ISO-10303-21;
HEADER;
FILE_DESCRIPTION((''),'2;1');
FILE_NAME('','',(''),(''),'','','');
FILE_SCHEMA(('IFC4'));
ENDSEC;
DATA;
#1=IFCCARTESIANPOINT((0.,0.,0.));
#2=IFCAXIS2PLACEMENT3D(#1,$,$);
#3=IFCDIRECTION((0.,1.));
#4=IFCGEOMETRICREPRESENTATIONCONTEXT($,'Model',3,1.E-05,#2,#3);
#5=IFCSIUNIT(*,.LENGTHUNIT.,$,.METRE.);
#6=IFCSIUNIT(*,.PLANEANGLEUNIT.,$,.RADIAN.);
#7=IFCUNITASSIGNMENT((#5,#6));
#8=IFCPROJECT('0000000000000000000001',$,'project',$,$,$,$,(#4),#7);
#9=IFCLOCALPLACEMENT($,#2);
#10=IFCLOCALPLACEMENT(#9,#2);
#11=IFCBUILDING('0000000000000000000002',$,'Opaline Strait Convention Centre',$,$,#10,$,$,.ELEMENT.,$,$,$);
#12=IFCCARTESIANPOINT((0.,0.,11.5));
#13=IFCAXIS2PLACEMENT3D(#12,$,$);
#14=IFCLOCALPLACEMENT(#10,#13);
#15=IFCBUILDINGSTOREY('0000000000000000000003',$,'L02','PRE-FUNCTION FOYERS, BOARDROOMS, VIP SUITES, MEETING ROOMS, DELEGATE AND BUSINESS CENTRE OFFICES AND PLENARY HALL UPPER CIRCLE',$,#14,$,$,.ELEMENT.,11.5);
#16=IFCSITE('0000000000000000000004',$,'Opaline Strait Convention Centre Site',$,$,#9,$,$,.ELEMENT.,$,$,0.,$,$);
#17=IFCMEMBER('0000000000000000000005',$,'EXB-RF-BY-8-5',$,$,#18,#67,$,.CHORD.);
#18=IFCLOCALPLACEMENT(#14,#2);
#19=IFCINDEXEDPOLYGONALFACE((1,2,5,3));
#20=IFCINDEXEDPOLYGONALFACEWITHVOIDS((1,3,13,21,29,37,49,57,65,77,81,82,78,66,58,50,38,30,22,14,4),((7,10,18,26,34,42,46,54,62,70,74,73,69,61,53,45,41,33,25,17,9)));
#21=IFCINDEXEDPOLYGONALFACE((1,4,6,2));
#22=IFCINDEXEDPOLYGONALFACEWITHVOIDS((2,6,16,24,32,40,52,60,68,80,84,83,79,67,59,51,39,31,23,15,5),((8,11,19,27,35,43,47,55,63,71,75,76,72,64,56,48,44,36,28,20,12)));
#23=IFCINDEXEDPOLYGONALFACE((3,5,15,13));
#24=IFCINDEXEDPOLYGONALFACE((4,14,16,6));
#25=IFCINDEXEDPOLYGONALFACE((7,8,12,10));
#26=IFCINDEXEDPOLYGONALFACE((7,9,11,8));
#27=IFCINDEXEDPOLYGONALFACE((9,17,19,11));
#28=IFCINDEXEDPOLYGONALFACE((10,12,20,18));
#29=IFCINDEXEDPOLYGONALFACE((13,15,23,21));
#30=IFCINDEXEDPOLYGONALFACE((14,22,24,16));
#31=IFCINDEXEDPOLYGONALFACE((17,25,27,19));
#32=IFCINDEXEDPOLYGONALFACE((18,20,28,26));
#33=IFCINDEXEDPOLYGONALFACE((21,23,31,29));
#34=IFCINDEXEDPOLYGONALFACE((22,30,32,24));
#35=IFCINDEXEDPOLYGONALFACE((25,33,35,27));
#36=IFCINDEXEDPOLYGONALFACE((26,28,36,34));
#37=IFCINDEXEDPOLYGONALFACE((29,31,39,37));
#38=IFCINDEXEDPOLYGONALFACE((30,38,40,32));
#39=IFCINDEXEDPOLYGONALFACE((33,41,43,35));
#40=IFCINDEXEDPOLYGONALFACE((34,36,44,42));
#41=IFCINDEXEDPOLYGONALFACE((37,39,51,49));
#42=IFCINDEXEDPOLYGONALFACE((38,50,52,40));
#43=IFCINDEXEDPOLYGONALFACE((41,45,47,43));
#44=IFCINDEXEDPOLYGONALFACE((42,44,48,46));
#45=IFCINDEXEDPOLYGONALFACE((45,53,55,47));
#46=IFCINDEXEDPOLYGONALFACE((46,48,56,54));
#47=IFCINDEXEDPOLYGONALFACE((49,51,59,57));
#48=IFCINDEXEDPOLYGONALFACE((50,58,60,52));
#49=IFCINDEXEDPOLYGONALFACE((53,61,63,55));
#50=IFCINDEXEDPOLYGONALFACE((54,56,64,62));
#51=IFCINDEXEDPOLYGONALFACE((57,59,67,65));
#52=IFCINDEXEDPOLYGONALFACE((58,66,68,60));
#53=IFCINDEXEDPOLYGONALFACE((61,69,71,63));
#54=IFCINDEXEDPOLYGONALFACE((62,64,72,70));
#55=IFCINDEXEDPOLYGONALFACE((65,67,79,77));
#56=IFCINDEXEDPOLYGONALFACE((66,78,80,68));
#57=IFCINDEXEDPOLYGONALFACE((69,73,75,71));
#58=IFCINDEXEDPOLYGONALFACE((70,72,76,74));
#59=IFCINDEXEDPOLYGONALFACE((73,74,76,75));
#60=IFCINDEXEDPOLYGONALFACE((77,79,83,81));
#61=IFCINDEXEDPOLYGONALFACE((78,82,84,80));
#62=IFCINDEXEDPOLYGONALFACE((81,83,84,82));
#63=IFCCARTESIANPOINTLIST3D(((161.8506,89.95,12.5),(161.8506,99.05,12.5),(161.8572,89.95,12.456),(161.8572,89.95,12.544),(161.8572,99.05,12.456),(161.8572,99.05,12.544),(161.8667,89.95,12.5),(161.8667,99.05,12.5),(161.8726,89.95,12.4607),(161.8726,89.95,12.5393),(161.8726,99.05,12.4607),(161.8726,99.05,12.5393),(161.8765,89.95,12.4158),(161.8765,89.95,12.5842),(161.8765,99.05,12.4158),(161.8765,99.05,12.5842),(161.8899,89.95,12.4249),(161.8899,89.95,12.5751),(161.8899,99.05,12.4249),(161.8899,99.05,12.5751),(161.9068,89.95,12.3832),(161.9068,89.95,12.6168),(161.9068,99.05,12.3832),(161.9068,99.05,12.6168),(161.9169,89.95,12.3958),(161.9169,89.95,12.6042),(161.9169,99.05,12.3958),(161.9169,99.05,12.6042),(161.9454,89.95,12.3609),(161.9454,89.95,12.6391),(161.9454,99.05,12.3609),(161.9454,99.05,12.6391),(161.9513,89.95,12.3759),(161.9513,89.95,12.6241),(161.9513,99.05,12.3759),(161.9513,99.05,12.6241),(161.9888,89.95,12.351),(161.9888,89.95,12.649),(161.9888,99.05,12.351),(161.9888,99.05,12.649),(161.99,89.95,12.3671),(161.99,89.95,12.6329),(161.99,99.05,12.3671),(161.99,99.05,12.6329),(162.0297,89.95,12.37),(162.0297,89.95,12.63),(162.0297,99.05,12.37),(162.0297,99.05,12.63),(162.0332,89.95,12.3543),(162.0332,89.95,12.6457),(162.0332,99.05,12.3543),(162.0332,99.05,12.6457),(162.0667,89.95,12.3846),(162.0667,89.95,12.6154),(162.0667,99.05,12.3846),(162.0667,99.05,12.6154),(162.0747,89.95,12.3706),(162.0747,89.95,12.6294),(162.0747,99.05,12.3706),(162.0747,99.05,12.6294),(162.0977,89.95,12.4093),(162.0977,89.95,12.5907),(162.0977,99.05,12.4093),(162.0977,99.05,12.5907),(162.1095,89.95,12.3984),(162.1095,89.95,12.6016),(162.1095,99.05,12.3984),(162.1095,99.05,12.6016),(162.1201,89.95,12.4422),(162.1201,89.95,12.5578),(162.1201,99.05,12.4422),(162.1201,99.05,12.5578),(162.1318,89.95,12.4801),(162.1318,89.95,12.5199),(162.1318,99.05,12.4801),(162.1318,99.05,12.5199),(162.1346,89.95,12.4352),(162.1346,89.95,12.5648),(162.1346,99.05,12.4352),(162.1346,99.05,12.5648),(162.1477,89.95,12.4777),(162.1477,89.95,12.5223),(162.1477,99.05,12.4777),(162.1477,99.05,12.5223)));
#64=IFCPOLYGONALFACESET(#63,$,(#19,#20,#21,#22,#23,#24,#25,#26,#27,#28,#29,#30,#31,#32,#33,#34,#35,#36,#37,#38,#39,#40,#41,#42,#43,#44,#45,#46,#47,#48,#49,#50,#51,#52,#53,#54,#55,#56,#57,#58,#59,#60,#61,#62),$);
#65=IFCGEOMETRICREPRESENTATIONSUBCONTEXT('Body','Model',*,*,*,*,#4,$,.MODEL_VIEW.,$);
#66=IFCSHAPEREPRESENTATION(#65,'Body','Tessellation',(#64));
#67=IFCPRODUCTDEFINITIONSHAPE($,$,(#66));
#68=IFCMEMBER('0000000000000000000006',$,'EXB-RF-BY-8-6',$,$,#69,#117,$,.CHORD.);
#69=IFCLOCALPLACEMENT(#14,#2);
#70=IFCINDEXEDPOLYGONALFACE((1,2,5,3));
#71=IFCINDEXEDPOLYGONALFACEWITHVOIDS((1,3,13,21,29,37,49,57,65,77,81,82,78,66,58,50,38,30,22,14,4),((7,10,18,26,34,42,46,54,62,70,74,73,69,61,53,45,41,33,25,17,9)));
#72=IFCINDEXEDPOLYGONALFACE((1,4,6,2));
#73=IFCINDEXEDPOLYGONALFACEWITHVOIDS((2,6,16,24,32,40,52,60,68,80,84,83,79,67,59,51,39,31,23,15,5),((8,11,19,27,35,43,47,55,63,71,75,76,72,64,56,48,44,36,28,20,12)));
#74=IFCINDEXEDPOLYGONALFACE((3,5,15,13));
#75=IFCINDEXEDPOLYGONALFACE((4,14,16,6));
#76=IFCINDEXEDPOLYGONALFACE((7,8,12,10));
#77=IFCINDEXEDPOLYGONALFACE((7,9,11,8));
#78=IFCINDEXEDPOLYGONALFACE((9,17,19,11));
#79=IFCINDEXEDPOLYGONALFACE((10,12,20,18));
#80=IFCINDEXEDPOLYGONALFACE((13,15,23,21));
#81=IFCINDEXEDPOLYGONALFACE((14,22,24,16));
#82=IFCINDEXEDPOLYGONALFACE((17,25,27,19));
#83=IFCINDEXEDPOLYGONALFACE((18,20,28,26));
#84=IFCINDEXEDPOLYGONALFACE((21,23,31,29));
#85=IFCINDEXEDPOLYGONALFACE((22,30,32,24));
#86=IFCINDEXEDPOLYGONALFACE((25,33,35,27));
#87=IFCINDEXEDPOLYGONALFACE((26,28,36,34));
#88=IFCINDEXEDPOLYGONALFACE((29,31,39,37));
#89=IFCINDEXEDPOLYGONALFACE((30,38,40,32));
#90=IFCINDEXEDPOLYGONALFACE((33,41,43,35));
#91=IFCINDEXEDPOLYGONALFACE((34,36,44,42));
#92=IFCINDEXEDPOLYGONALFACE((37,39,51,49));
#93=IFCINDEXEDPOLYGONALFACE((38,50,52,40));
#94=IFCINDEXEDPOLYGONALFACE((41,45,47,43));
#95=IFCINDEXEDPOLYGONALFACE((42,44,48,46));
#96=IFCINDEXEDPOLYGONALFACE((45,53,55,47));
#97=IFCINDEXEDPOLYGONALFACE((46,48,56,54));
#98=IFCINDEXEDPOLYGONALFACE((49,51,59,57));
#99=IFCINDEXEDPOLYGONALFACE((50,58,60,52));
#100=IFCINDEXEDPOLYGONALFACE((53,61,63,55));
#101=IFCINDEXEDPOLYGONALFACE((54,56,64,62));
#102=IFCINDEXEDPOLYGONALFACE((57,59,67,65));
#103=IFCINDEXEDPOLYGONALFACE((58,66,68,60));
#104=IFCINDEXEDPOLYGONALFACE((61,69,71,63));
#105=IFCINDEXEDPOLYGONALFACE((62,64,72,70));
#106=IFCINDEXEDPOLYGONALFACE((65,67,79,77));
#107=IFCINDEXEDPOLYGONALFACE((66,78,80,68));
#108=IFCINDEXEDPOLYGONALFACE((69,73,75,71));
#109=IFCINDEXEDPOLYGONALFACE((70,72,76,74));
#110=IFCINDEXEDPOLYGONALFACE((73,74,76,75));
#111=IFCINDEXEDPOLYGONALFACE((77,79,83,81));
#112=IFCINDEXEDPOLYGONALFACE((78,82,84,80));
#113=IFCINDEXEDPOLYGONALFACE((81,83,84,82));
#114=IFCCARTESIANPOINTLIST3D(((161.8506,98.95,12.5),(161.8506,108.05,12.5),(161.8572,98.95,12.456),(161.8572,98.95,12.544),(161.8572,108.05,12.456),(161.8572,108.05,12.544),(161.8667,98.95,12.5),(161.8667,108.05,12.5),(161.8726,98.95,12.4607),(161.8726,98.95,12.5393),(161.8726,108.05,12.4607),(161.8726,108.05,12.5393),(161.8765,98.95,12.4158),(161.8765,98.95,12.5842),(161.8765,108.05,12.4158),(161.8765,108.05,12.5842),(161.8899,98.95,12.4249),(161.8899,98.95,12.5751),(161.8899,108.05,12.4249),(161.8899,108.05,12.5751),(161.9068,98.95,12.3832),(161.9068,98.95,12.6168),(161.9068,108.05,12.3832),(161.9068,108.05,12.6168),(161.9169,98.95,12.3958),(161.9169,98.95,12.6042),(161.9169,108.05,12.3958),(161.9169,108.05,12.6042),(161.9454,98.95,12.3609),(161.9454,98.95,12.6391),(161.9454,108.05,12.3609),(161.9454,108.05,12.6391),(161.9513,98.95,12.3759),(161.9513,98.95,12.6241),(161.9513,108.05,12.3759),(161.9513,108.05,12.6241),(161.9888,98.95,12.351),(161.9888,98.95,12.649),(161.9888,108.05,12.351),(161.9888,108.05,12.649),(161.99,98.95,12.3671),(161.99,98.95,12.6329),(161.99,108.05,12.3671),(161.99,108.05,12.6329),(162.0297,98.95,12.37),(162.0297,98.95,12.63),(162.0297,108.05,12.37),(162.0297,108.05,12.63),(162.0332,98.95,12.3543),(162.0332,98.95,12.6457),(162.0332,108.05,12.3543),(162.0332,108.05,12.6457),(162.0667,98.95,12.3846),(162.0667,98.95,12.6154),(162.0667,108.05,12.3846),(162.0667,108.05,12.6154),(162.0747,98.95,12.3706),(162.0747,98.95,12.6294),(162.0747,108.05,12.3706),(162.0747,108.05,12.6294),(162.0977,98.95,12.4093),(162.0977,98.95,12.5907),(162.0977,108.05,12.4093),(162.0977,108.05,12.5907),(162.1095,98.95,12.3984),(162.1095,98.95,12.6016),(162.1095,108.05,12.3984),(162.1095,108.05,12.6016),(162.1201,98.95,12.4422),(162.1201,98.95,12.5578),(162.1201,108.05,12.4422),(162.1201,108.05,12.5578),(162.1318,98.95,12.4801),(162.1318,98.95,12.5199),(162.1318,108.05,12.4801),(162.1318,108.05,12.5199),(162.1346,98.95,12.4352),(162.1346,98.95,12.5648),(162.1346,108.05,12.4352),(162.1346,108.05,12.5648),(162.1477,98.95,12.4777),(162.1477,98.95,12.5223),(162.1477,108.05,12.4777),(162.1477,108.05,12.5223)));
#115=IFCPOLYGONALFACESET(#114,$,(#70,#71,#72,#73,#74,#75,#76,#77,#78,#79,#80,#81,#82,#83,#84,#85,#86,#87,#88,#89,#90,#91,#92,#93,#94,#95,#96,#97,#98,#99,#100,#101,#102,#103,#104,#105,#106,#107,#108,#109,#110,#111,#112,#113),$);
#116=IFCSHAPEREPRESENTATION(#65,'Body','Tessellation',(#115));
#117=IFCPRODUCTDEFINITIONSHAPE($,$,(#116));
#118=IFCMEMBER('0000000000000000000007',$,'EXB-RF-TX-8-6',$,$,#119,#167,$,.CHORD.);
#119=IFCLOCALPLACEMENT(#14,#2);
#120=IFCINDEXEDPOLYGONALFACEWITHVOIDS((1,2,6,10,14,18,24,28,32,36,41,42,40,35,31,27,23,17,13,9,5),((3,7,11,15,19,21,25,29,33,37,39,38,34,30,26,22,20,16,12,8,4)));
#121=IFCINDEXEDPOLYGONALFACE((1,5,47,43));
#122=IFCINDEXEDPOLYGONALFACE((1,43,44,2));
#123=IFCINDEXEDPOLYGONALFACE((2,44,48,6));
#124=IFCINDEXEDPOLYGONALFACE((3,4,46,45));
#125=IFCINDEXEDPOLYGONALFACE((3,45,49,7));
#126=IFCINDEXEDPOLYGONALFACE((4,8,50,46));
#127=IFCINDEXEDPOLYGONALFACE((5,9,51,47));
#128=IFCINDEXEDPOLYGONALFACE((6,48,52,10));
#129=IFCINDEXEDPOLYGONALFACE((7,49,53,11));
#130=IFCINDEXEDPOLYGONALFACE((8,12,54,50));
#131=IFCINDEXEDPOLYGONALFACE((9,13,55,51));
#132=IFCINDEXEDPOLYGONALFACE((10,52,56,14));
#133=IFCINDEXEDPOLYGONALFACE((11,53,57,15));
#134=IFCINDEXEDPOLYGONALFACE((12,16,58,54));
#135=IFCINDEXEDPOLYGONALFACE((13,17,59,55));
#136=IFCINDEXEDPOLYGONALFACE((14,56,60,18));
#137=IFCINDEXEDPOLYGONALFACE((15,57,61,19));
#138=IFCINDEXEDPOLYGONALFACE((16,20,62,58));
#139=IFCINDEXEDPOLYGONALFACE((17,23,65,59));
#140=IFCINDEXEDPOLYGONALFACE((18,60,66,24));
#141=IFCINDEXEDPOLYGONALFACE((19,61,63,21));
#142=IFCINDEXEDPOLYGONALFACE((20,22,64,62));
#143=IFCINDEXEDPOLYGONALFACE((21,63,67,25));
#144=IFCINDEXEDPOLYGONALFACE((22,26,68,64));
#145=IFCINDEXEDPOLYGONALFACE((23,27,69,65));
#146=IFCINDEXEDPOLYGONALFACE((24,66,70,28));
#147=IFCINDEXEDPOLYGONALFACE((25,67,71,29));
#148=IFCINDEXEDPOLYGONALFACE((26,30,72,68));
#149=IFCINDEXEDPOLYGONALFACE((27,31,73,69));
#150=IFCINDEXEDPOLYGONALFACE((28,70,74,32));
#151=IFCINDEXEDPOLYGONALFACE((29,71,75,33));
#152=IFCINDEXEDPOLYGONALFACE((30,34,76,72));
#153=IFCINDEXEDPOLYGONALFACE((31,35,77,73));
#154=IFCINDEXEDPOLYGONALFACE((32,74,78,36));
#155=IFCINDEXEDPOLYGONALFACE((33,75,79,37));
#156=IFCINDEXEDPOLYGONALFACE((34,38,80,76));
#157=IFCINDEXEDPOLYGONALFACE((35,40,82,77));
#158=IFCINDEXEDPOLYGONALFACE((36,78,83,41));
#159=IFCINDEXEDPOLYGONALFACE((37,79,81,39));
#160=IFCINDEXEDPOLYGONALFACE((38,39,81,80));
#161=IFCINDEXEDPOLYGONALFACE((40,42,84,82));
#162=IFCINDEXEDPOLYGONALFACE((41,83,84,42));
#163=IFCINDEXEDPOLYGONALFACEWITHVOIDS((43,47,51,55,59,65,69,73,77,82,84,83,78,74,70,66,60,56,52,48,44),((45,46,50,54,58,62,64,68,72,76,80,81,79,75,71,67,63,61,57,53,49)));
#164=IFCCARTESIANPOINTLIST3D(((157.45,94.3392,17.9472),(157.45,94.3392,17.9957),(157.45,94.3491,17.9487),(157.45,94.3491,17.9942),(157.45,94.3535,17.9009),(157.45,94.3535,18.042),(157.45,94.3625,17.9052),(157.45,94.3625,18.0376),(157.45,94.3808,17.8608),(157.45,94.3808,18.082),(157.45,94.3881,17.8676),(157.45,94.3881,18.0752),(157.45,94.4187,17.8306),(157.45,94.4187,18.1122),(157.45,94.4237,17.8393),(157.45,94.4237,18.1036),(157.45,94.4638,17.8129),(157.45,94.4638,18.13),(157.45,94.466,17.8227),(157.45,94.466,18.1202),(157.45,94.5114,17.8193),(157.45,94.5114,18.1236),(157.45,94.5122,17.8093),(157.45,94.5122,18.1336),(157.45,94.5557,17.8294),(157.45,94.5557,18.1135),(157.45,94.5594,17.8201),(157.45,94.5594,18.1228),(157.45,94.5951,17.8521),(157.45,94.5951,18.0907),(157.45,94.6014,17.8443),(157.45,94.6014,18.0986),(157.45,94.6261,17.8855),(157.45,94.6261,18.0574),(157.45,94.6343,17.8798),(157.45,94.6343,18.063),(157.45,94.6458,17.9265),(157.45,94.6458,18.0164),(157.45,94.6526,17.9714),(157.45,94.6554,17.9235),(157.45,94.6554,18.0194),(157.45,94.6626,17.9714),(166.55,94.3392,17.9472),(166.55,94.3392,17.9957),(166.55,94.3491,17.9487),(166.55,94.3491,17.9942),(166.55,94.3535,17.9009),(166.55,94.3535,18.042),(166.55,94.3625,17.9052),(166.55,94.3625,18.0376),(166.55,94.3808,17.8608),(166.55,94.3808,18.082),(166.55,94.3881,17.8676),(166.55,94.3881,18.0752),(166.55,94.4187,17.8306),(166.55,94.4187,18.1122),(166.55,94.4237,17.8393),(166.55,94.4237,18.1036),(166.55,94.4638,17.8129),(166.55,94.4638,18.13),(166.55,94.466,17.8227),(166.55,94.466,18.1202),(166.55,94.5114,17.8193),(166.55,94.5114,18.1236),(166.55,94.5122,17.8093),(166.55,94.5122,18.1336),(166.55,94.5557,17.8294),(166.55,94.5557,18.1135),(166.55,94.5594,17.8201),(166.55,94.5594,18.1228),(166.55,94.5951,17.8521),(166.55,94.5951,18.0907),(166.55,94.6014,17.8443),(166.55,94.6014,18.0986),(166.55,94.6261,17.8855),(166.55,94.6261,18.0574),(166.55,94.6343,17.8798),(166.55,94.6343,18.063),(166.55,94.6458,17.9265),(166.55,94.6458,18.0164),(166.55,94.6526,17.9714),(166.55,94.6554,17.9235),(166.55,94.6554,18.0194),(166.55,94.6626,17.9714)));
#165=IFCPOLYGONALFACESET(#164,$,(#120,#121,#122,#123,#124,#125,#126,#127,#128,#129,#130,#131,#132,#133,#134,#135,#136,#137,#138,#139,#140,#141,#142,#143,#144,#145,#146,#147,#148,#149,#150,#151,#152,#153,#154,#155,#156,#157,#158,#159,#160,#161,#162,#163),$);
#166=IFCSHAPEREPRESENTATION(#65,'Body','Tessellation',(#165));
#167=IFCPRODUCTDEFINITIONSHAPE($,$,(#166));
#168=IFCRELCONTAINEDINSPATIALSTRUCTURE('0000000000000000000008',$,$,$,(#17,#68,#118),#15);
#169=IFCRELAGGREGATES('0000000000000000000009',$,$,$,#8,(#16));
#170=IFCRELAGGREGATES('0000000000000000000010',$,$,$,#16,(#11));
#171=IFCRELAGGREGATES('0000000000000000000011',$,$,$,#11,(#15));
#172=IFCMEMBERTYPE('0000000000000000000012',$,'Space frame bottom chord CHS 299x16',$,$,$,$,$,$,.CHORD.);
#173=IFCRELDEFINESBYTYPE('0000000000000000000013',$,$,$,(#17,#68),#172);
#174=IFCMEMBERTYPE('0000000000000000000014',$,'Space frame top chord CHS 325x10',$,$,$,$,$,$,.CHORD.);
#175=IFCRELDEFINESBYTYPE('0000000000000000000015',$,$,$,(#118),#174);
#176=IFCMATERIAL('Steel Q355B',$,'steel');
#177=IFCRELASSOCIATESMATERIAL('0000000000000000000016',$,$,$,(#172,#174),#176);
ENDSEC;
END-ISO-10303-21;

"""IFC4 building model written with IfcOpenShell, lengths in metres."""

from ifc_helpers import new_model, si_unit, direction, frame, origin, origin_2d, place, context, subcontext, project, spatial, hollow_circle, extrude, material, material_profile, profile_set, type_object, element, save


model = new_model("IFC4")

# Units and contexts
model_context = context("Model", 3, precision=1e-05, world=origin(), true_north=direction((0.0, 1.0)))
body_context = subcontext(model_context, "Body", "Model", "MODEL_VIEW")
ifc_project = project(units=[si_unit("LENGTHUNIT", "METRE"), si_unit("PLANEANGLEUNIT", "RADIAN")], contexts=[model_context])

# Site, building, storey
site_placement = place(None, origin())
site = spatial("IfcSite", under=ifc_project, at=site_placement, Name="Opaline Strait Convention Centre Site", CompositionType="ELEMENT", RefElevation=0.0)
building_placement = place(site_placement, origin())
building = spatial("IfcBuilding", under=site, at=building_placement, Name="Opaline Strait Convention Centre", CompositionType="ELEMENT")
storey_placement = place(building_placement, frame((0.0, 0.0, 11.5)))
storey = spatial("IfcBuildingStorey", under=building, at=storey_placement, Name="L02", Description="PRE-FUNCTION FOYERS, BOARDROOMS, VIP SUITES, MEETING ROOMS, DELEGATE AND BUSINESS CENTRE OFFICES AND PLENARY HALL UPPER CIRCLE", CompositionType="ELEMENT", Elevation=11.5)

# Members
ifc_material_1 = material(Name="Steel Q355B", Category="steel")
ifc_material_profile_1 = material_profile(ifc_material_1, hollow_circle(Radius=0.1494, WallThickness=0.0161, at=origin_2d()), Name="CHS 299x16")
ifc_profile_set_1 = profile_set([ifc_material_profile_1], Name="Steel Q355B")
member_type_1 = type_object("IfcMemberType", Name="Space frame bottom chord CHS 299x16", PredefinedType="CHORD", material=ifc_profile_set_1)
for number, where, z_axis, x_axis, name in (
    (1, (162.0, 89.95, 12.5), (0.0, 1.0, 0.0), (-1.0, 0.0, 0.0), "EXB-RF-BY-8-5"),
    (2, (162.0, 98.95, 12.5), (0.0, 1.0, 0.0), (-1.0, 0.0, 0.0), "EXB-RF-BY-8-6"),
):
    element("IfcMember", number, at=place(storey_placement, frame(where, z_axis=z_axis, x_axis=x_axis)), inside=storey, type_object=member_type_1, Name=name, PredefinedType="CHORD", context=body_context, shape_type="SweptSolid", body=[
        extrude(hollow_circle(Radius=0.1494, WallThickness=0.0161, at=origin_2d()), origin(), (0.0, 0.0, 1.0), 9.1001),
    ])
ifc_material_profile_2 = material_profile(ifc_material_1, hollow_circle(Radius=0.1626, WallThickness=0.01, at=origin_2d()), Name="CHS 325x10")
ifc_profile_set_2 = profile_set([ifc_material_profile_2], Name="Steel Q355B")
member_type_2 = type_object("IfcMemberType", Name="Space frame top chord CHS 325x10", PredefinedType="CHORD", material=ifc_profile_set_2)
for number, where, z_axis, x_axis, name in (
    (3, (157.45, 94.5, 17.9714), (1.0, 0.0, 0.0), (0.0, 1.0, 0.0), "EXB-RF-TX-8-6"),
):
    element("IfcMember", number, at=place(storey_placement, frame(where, z_axis=z_axis, x_axis=x_axis)), inside=storey, type_object=member_type_2, Name=name, PredefinedType="CHORD", context=body_context, shape_type="SweptSolid", body=[
        extrude(hollow_circle(Radius=0.1626, WallThickness=0.01, at=origin_2d()), origin(), (0.0, 0.0, 1.0), 9.1001),
    ])

save(model, "model.ifc")
